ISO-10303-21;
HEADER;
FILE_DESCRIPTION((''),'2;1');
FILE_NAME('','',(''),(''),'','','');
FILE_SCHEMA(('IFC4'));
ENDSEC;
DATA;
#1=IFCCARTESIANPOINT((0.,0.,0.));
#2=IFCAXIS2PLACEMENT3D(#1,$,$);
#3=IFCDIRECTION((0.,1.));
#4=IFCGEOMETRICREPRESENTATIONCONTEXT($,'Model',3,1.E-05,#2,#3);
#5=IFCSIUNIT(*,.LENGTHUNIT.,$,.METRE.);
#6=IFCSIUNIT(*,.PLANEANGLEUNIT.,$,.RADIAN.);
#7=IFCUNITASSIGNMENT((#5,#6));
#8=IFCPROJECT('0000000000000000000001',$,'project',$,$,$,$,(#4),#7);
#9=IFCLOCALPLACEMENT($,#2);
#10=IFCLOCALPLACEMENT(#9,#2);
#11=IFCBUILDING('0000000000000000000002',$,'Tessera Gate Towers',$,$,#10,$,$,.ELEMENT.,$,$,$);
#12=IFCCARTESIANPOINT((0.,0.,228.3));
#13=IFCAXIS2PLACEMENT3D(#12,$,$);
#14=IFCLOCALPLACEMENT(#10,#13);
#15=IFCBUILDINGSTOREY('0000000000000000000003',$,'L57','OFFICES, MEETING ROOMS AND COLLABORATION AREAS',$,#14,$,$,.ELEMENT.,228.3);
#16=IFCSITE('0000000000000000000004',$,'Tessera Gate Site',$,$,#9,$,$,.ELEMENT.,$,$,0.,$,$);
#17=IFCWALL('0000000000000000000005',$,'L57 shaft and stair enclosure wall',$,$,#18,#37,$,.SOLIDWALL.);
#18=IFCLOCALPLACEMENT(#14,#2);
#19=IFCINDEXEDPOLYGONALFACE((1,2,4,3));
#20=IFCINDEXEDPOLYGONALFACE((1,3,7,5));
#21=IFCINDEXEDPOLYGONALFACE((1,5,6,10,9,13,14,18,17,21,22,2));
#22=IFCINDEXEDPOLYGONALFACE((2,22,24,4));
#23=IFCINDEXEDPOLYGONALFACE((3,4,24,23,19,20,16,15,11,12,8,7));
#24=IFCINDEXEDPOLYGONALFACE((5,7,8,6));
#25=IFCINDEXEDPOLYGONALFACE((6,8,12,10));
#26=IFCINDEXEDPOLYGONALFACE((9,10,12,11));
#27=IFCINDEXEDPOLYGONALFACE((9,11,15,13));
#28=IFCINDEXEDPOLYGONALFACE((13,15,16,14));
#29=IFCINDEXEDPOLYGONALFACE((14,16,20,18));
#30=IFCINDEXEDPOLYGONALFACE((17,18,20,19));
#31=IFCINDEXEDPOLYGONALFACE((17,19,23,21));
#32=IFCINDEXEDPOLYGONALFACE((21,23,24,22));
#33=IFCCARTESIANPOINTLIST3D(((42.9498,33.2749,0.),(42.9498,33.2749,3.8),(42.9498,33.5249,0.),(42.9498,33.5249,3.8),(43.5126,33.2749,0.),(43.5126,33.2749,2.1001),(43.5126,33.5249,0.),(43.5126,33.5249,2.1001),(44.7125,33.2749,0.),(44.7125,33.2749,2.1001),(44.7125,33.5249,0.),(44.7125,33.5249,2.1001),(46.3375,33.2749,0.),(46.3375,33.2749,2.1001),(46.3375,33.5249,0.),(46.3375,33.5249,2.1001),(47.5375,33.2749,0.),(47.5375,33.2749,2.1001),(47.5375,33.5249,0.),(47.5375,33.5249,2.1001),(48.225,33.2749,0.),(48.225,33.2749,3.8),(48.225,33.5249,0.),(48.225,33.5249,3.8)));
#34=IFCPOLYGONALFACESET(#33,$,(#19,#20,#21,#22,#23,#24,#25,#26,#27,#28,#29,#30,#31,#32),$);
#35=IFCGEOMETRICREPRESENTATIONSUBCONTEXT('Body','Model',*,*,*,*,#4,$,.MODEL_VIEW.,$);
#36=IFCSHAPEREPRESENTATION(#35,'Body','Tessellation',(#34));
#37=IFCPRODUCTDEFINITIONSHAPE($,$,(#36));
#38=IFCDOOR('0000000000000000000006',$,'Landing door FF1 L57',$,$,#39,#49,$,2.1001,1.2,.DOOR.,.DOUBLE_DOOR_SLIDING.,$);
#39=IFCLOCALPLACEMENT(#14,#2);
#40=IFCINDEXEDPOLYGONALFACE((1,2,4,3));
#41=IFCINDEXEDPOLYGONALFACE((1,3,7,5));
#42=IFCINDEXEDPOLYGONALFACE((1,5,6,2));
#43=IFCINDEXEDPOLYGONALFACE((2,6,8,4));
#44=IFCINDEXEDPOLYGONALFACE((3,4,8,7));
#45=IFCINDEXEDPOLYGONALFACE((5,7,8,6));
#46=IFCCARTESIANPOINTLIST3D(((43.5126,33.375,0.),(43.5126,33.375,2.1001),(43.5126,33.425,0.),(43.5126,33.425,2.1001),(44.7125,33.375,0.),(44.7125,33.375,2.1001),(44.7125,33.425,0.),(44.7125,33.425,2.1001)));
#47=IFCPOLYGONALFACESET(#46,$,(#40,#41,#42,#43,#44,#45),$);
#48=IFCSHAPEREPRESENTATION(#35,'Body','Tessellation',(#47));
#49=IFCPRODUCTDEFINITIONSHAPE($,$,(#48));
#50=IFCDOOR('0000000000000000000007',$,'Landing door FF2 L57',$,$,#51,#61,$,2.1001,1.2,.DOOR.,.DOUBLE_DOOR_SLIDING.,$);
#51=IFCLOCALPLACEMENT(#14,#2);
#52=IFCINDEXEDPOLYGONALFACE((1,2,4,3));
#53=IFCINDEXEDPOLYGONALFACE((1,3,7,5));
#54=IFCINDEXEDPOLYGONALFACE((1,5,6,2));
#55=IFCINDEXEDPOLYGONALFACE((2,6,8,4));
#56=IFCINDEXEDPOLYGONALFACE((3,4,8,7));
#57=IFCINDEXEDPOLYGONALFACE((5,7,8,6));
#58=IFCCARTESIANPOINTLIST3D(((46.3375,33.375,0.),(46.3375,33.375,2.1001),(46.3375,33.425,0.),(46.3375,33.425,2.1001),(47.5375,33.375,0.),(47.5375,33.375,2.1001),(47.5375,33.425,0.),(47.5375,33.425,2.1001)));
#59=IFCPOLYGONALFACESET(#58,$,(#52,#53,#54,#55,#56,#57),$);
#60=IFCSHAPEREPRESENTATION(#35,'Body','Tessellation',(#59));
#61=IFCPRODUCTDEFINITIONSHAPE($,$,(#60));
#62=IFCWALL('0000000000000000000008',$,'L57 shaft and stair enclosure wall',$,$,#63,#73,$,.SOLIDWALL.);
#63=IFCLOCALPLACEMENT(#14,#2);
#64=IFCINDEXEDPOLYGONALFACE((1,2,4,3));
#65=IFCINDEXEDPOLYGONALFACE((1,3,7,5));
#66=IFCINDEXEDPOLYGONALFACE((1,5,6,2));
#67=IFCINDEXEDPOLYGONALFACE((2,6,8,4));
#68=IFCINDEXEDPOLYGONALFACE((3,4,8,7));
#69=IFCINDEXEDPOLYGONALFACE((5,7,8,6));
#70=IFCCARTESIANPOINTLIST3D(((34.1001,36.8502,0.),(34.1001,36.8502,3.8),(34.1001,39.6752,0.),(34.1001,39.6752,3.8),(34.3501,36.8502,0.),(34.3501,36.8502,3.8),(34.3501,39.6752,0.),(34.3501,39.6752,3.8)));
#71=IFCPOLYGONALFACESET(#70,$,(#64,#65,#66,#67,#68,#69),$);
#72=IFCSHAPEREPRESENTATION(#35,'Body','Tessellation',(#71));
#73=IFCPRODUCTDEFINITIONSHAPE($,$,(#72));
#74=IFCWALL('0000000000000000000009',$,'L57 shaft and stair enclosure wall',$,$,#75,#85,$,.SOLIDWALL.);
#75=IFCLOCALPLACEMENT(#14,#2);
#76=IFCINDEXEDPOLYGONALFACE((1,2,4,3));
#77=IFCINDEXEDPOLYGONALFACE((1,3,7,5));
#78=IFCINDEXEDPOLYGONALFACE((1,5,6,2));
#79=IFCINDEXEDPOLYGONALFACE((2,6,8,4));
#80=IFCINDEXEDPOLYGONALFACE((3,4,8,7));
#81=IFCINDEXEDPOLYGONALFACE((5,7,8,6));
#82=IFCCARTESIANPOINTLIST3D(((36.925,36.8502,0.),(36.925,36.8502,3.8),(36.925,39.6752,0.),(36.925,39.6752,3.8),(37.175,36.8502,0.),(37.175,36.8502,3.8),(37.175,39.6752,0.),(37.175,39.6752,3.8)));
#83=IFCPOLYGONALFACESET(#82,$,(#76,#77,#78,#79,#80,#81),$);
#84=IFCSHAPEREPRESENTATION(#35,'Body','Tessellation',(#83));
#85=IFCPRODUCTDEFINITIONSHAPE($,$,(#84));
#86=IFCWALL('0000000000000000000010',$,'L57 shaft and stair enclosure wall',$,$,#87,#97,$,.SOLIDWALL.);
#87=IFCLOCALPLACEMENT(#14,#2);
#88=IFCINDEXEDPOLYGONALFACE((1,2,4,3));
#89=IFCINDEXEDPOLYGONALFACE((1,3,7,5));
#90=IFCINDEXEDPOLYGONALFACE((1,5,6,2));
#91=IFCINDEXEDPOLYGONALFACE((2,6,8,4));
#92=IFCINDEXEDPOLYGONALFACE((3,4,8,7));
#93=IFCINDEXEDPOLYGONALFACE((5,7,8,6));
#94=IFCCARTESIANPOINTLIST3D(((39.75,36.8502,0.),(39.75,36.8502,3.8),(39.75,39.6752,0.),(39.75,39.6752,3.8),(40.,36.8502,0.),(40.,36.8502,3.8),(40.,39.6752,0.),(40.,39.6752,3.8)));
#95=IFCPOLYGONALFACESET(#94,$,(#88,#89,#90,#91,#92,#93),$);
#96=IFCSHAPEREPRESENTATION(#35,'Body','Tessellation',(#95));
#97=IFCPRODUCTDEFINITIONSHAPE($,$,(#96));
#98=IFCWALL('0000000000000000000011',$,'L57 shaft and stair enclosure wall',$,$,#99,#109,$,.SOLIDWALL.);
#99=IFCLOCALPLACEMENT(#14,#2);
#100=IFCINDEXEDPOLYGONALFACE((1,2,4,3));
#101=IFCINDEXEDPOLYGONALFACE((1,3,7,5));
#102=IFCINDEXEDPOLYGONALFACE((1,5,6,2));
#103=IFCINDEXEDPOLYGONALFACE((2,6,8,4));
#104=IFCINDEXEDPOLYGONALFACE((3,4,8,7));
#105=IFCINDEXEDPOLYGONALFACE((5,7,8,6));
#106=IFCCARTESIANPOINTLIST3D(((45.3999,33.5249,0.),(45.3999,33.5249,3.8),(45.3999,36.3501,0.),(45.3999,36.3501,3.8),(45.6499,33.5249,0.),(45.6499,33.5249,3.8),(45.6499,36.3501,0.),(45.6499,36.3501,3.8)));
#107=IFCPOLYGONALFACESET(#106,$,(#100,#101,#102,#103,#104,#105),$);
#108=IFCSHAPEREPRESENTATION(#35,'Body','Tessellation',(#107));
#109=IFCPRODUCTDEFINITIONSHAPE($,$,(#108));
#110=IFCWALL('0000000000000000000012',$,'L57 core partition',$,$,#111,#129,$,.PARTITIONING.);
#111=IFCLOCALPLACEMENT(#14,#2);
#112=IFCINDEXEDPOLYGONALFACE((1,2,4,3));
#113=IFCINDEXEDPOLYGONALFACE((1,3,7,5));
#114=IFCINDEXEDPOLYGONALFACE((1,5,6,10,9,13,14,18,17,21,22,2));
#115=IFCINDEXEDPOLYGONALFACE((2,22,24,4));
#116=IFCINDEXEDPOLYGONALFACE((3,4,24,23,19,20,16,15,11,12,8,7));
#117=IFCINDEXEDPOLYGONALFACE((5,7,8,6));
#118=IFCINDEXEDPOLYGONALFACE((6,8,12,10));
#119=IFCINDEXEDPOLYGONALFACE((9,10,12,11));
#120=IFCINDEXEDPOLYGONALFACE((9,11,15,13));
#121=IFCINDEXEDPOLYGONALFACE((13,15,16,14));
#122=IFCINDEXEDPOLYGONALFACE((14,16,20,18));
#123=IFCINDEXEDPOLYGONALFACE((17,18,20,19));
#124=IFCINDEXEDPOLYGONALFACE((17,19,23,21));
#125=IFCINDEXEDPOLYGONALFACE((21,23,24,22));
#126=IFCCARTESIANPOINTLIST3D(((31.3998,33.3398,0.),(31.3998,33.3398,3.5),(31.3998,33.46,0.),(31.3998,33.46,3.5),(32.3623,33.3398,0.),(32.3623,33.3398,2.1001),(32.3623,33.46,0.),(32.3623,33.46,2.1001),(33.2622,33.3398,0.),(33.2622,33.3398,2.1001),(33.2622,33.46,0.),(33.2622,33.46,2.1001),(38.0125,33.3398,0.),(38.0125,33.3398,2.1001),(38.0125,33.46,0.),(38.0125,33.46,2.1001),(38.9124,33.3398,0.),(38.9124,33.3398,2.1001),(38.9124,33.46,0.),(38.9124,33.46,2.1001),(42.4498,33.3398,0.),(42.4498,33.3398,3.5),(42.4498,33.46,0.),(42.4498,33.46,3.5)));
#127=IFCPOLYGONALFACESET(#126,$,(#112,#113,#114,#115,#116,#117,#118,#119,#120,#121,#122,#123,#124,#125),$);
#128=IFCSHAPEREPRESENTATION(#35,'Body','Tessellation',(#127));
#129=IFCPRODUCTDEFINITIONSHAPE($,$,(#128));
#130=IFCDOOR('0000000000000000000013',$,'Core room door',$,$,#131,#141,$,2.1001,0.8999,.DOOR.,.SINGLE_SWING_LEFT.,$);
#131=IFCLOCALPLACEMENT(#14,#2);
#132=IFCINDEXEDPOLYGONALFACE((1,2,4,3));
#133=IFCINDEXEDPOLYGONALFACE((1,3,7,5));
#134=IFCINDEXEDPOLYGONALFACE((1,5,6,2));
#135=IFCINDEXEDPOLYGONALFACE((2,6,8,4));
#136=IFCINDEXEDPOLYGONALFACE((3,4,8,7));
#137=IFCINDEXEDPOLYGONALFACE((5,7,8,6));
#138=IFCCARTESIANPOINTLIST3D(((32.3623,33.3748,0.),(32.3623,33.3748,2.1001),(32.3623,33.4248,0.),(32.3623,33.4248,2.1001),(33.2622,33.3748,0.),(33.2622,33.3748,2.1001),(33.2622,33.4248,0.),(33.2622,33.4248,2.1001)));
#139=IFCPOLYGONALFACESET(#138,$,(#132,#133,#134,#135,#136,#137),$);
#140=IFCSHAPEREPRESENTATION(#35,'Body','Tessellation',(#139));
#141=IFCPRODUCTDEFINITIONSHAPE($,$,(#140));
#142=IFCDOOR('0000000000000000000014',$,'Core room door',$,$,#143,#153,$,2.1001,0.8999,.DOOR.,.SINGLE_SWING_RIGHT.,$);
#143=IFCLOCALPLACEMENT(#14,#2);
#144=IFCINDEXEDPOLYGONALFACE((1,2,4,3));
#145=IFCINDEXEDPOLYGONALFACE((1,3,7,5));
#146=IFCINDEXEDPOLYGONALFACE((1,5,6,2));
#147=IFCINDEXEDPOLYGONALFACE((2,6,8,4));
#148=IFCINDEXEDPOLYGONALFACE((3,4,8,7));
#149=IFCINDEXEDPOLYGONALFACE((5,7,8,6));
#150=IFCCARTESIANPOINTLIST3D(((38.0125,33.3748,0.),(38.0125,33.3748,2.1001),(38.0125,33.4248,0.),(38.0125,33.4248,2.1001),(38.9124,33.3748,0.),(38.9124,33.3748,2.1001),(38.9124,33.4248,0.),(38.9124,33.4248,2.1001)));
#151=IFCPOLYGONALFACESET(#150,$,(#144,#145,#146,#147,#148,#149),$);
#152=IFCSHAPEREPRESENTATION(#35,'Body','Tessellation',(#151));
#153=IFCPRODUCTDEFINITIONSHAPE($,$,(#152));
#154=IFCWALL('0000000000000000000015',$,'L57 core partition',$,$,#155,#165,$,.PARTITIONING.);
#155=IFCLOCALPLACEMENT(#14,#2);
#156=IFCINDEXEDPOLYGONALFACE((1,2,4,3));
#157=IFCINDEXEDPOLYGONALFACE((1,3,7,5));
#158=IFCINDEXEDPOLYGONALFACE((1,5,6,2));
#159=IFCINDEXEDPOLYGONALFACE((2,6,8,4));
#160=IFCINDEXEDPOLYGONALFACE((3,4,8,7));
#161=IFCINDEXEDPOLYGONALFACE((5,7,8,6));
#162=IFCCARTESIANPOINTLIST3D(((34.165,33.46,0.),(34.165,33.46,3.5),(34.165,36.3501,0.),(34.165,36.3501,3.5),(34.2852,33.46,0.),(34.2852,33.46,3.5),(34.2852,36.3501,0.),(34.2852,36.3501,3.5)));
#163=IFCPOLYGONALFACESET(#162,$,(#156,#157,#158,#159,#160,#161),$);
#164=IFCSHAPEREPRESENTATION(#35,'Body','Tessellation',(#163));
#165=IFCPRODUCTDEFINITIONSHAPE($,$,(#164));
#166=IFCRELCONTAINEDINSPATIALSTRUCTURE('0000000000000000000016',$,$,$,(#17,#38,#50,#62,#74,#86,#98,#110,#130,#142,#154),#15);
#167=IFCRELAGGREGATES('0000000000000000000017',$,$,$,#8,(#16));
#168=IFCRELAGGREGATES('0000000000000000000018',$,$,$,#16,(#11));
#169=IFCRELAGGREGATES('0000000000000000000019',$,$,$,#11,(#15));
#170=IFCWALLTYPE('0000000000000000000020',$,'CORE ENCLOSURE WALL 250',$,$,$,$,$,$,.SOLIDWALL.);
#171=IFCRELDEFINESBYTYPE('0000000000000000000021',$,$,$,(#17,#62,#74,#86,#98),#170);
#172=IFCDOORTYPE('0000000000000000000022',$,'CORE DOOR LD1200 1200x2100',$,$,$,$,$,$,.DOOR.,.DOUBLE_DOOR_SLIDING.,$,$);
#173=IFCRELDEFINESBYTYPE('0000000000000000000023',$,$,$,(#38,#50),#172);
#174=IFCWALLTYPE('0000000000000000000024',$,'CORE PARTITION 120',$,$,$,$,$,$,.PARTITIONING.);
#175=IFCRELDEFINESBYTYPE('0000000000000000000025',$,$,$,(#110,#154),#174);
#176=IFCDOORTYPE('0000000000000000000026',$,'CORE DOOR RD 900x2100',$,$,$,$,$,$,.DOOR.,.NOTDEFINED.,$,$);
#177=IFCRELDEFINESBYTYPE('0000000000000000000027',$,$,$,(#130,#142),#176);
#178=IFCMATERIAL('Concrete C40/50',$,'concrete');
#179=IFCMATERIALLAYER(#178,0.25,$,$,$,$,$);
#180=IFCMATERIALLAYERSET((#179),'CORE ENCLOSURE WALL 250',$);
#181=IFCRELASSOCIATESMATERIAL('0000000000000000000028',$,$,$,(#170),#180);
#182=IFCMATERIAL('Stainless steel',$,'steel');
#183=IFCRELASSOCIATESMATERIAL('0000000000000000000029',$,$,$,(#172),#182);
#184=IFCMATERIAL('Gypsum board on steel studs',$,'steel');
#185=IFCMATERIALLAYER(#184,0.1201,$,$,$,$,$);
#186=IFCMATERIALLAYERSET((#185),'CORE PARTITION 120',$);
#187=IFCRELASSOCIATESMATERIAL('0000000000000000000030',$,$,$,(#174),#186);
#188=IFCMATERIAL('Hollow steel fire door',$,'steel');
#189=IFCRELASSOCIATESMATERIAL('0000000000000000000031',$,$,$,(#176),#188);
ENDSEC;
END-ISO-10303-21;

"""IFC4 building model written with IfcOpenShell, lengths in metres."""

from ifc_helpers import new_model, si_unit, direction, frame, frame_2d, origin, place, context, subcontext, project, spatial, rectangle, extrude, source, transform, mapped, material, layer, layer_set, type_object, element, fill, save


model = new_model("IFC4")

# Units and contexts
model_context = context("Model", 3, precision=1e-05, world=origin(), true_north=direction((0.0, 1.0)))
body_context = subcontext(model_context, "Body", "Model", "MODEL_VIEW")
ifc_project = project(units=[si_unit("LENGTHUNIT", "METRE"), si_unit("PLANEANGLEUNIT", "RADIAN")], contexts=[model_context])

# Site, building, storey
site_placement = place(None, origin())
site = spatial("IfcSite", under=ifc_project, at=site_placement, Name="Tessera Gate Site", CompositionType="ELEMENT", RefElevation=0.0)
building_placement = place(site_placement, origin())
building = spatial("IfcBuilding", under=site, at=building_placement, Name="Tessera Gate Towers", CompositionType="ELEMENT")
storey_placement = place(building_placement, frame((0.0, 0.0, 228.3)))
storey = spatial("IfcBuildingStorey", under=building, at=storey_placement, Name="L57", Description="OFFICES, MEETING ROOMS AND COLLABORATION AREAS", CompositionType="ELEMENT", Elevation=228.3)

# Shared definitions
ifc_material_1 = material(Name="Concrete C40/50", Category="concrete")
ifc_layer_1 = layer(ifc_material_1, 0.25)
ifc_layer_set_1 = layer_set([ifc_layer_1], Name="CORE ENCLOSURE WALL 250")
wall_type_1 = type_object("IfcWallType", Name="CORE ENCLOSURE WALL 250", PredefinedType="SOLIDWALL", material=ifc_layer_set_1)

# Shared definitions
shared_shape_1 = source(origin(), body_context, "Body", "SweptSolid", [
    extrude(rectangle(XDim=1.2, YDim=2.1001, at=frame_2d((0.6001, 1.05))), frame((0.0, 0.135, 0.0), z_axis=(0.0, -1.0, 0.0), x_axis=(1.0, 0.0, 0.0)), (0.0, 0.0, 1.0), 0.27),
])
shared_shape_2 = source(origin(), body_context, "Body", "SweptSolid", [
    extrude(rectangle(XDim=1.2, YDim=2.1001, at=frame_2d((0.6001, 1.05))), frame((0.0, 0.0249, 0.0), z_axis=(0.0, -1.0, 0.0), x_axis=(1.0, 0.0, 0.0)), (0.0, 0.0, 1.0), 0.05),
])

# Wall, openings, doors
wall_1_placement = place(storey_placement, frame((48.2251, 33.3999, 0.0), z_axis=(0.0, 0.0, 1.0), x_axis=(-1.0, 0.0, 0.0)))
wall_1 = element("IfcWall", 1, at=wall_1_placement, inside=storey, type_object=wall_type_1, Name="L57 shaft and stair enclosure wall", PredefinedType="SOLIDWALL", context=body_context, shape_type="SweptSolid", body=[
    extrude(rectangle(XDim=5.2751, YDim=0.25, at=frame_2d((2.6377, 0.0))), origin(), (0.0, 0.0, 1.0), 3.8),
])
opening_1_placement = place(wall_1_placement, frame((3.5125, 0.0, 0.0)))
opening_1 = element("IfcOpeningElement", 2, at=opening_1_placement, cuts=wall_1, PredefinedType="OPENING", context=body_context, shape_type="MappedRepresentation", body=[
    mapped(shared_shape_1, transform((0.0, 0.0, 0.0), scale=1.0)),
])
opening_2_placement = place(wall_1_placement, frame((0.6875, 0.0, 0.0)))
opening_2 = element("IfcOpeningElement", 3, at=opening_2_placement, cuts=wall_1, PredefinedType="OPENING", context=body_context, shape_type="MappedRepresentation", body=[
    mapped(shared_shape_1, transform((0.0, 0.0, 0.0), scale=1.0)),
])
ifc_material_2 = material(Name="Stainless steel", Category="steel")
door_type_1 = type_object("IfcDoorType", Name="CORE DOOR LD1200 1200x2100", OperationType="DOUBLE_DOOR_SLIDING", PredefinedType="DOOR", material=ifc_material_2)
door_1_placement = place(opening_1_placement, origin())
door_1 = element("IfcDoor", 4, at=door_1_placement, inside=storey, type_object=door_type_1, Name="Landing door FF1 L57", OperationType="DOUBLE_DOOR_SLIDING", OverallHeight=2.1001, OverallWidth=1.2, PredefinedType="DOOR", context=body_context, shape_type="MappedRepresentation", body=[
    mapped(shared_shape_2, transform((0.0, 0.0, 0.0), scale=1.0)),
])
fill(opening_1, door_1)
door_2_placement = place(opening_2_placement, origin())
door_2 = element("IfcDoor", 5, at=door_2_placement, inside=storey, type_object=door_type_1, Name="Landing door FF2 L57", OperationType="DOUBLE_DOOR_SLIDING", OverallHeight=2.1001, OverallWidth=1.2, PredefinedType="DOOR", context=body_context, shape_type="MappedRepresentation", body=[
    mapped(shared_shape_2, transform((0.0, 0.0, 0.0), scale=1.0)),
])
fill(opening_2, door_2)

# Walls
for number, where, z_axis, x_axis, name in (
    (6, (34.2251, 36.8501, 0.0), (0.0, 0.0, 1.0), (0.0, 1.0, 0.0), "L57 shaft and stair enclosure wall"),
    (7, (37.05, 36.8501, 0.0), (0.0, 0.0, 1.0), (0.0, 1.0, 0.0), "L57 shaft and stair enclosure wall"),
    (8, (39.875, 36.8501, 0.0), (0.0, 0.0, 1.0), (0.0, 1.0, 0.0), "L57 shaft and stair enclosure wall"),
):
    element("IfcWall", number, at=place(storey_placement, frame(where, z_axis=z_axis, x_axis=x_axis)), inside=storey, type_object=wall_type_1, Name=name, PredefinedType="SOLIDWALL", context=body_context, shape_type="SweptSolid", body=[
        extrude(rectangle(XDim=2.825, YDim=0.25, at=frame_2d((1.4126, 0.0))), origin(), (0.0, 0.0, 1.0), 3.8),
    ])
wall_2_placement = place(storey_placement, frame((45.5249, 33.5249, 0.0), z_axis=(0.0, 0.0, 1.0), x_axis=(0.0, 1.0, 0.0)))
element("IfcWall", 9, at=wall_2_placement, inside=storey, type_object=wall_type_1, Name="L57 shaft and stair enclosure wall", PredefinedType="SOLIDWALL", context=body_context, shape_type="SweptSolid", body=[
    extrude(rectangle(XDim=2.8252, YDim=0.25, at=frame_2d((1.4126, 0.0))), origin(), (0.0, 0.0, 1.0), 3.8),
])

# Wall, openings, doors
ifc_material_3 = material(Name="Gypsum board on steel studs", Category="steel")
ifc_layer_2 = layer(ifc_material_3, 0.1201)
ifc_layer_set_2 = layer_set([ifc_layer_2], Name="CORE PARTITION 120")
wall_type_2 = type_object("IfcWallType", Name="CORE PARTITION 120", PredefinedType="PARTITIONING", material=ifc_layer_set_2)
wall_3_placement = place(storey_placement, frame((31.3999, 33.3999, 0.0), z_axis=(0.0, 0.0, 1.0), x_axis=(1.0, 0.0, 0.0)))
wall_3 = element("IfcWall", 10, at=wall_3_placement, inside=storey, type_object=wall_type_2, Name="L57 core partition", PredefinedType="PARTITIONING", context=body_context, shape_type="SweptSolid", body=[
    extrude(rectangle(XDim=11.05, YDim=0.1201, at=frame_2d((5.5249, 0.0))), origin(), (0.0, 0.0, 1.0), 3.5),
])
shared_shape_3 = source(origin(), body_context, "Body", "SweptSolid", [
    extrude(rectangle(XDim=0.8999, YDim=2.1001, at=frame_2d((0.45, 1.05))), frame((0.0, 0.0701, 0.0), z_axis=(0.0, -1.0, 0.0), x_axis=(1.0, 0.0, 0.0)), (0.0, 0.0, 1.0), 0.1401),
])
opening_3_placement = place(wall_3_placement, frame((0.9624, 0.0, 0.0)))
opening_3 = element("IfcOpeningElement", 11, at=opening_3_placement, cuts=wall_3, PredefinedType="OPENING", context=body_context, shape_type="MappedRepresentation", body=[
    mapped(shared_shape_3, transform((0.0, 0.0, 0.0), scale=1.0)),
])
opening_4_placement = place(wall_3_placement, frame((6.6125, 0.0, 0.0)))
opening_4 = element("IfcOpeningElement", 12, at=opening_4_placement, cuts=wall_3, PredefinedType="OPENING", context=body_context, shape_type="MappedRepresentation", body=[
    mapped(shared_shape_3, transform((0.0, 0.0, 0.0), scale=1.0)),
])
ifc_material_4 = material(Name="Hollow steel fire door", Category="steel")
door_type_2 = type_object("IfcDoorType", Name="CORE DOOR RD 900x2100", OperationType="NOTDEFINED", PredefinedType="DOOR", material=ifc_material_4)
shared_shape_4 = source(origin(), body_context, "Body", "SweptSolid", [
    extrude(rectangle(XDim=0.8999, YDim=2.1001, at=frame_2d((0.45, 1.05))), frame((0.0, 0.0249, 0.0), z_axis=(0.0, -1.0, 0.0), x_axis=(1.0, 0.0, 0.0)), (0.0, 0.0, 1.0), 0.05),
])
door_3_placement = place(opening_3_placement, origin())
door_3 = element("IfcDoor", 13, at=door_3_placement, inside=storey, type_object=door_type_2, Name="Core room door", OperationType="SINGLE_SWING_LEFT", OverallHeight=2.1001, OverallWidth=0.8999, PredefinedType="DOOR", context=body_context, shape_type="MappedRepresentation", body=[
    mapped(shared_shape_4, transform((0.0, 0.0, 0.0), scale=1.0)),
])
fill(opening_3, door_3)
door_4_placement = place(opening_4_placement, origin())
door_4 = element("IfcDoor", 14, at=door_4_placement, inside=storey, type_object=door_type_2, Name="Core room door", OperationType="SINGLE_SWING_RIGHT", OverallHeight=2.1001, OverallWidth=0.8999, PredefinedType="DOOR", context=body_context, shape_type="MappedRepresentation", body=[
    mapped(shared_shape_4, transform((0.0, 0.0, 0.0), scale=1.0)),
])
fill(opening_4, door_4)

# Wall
wall_4_placement = place(storey_placement, frame((34.2251, 33.46, 0.0), z_axis=(0.0, 0.0, 1.0), x_axis=(0.0, 1.0, 0.0)))
element("IfcWall", 15, at=wall_4_placement, inside=storey, type_object=wall_type_2, Name="L57 core partition", PredefinedType="PARTITIONING", context=body_context, shape_type="SweptSolid", body=[
    extrude(rectangle(XDim=2.8901, YDim=0.1201, at=frame_2d((1.4451, 0.0))), origin(), (0.0, 0.0, 1.0), 3.5),
])

save(model, "model.ifc")
